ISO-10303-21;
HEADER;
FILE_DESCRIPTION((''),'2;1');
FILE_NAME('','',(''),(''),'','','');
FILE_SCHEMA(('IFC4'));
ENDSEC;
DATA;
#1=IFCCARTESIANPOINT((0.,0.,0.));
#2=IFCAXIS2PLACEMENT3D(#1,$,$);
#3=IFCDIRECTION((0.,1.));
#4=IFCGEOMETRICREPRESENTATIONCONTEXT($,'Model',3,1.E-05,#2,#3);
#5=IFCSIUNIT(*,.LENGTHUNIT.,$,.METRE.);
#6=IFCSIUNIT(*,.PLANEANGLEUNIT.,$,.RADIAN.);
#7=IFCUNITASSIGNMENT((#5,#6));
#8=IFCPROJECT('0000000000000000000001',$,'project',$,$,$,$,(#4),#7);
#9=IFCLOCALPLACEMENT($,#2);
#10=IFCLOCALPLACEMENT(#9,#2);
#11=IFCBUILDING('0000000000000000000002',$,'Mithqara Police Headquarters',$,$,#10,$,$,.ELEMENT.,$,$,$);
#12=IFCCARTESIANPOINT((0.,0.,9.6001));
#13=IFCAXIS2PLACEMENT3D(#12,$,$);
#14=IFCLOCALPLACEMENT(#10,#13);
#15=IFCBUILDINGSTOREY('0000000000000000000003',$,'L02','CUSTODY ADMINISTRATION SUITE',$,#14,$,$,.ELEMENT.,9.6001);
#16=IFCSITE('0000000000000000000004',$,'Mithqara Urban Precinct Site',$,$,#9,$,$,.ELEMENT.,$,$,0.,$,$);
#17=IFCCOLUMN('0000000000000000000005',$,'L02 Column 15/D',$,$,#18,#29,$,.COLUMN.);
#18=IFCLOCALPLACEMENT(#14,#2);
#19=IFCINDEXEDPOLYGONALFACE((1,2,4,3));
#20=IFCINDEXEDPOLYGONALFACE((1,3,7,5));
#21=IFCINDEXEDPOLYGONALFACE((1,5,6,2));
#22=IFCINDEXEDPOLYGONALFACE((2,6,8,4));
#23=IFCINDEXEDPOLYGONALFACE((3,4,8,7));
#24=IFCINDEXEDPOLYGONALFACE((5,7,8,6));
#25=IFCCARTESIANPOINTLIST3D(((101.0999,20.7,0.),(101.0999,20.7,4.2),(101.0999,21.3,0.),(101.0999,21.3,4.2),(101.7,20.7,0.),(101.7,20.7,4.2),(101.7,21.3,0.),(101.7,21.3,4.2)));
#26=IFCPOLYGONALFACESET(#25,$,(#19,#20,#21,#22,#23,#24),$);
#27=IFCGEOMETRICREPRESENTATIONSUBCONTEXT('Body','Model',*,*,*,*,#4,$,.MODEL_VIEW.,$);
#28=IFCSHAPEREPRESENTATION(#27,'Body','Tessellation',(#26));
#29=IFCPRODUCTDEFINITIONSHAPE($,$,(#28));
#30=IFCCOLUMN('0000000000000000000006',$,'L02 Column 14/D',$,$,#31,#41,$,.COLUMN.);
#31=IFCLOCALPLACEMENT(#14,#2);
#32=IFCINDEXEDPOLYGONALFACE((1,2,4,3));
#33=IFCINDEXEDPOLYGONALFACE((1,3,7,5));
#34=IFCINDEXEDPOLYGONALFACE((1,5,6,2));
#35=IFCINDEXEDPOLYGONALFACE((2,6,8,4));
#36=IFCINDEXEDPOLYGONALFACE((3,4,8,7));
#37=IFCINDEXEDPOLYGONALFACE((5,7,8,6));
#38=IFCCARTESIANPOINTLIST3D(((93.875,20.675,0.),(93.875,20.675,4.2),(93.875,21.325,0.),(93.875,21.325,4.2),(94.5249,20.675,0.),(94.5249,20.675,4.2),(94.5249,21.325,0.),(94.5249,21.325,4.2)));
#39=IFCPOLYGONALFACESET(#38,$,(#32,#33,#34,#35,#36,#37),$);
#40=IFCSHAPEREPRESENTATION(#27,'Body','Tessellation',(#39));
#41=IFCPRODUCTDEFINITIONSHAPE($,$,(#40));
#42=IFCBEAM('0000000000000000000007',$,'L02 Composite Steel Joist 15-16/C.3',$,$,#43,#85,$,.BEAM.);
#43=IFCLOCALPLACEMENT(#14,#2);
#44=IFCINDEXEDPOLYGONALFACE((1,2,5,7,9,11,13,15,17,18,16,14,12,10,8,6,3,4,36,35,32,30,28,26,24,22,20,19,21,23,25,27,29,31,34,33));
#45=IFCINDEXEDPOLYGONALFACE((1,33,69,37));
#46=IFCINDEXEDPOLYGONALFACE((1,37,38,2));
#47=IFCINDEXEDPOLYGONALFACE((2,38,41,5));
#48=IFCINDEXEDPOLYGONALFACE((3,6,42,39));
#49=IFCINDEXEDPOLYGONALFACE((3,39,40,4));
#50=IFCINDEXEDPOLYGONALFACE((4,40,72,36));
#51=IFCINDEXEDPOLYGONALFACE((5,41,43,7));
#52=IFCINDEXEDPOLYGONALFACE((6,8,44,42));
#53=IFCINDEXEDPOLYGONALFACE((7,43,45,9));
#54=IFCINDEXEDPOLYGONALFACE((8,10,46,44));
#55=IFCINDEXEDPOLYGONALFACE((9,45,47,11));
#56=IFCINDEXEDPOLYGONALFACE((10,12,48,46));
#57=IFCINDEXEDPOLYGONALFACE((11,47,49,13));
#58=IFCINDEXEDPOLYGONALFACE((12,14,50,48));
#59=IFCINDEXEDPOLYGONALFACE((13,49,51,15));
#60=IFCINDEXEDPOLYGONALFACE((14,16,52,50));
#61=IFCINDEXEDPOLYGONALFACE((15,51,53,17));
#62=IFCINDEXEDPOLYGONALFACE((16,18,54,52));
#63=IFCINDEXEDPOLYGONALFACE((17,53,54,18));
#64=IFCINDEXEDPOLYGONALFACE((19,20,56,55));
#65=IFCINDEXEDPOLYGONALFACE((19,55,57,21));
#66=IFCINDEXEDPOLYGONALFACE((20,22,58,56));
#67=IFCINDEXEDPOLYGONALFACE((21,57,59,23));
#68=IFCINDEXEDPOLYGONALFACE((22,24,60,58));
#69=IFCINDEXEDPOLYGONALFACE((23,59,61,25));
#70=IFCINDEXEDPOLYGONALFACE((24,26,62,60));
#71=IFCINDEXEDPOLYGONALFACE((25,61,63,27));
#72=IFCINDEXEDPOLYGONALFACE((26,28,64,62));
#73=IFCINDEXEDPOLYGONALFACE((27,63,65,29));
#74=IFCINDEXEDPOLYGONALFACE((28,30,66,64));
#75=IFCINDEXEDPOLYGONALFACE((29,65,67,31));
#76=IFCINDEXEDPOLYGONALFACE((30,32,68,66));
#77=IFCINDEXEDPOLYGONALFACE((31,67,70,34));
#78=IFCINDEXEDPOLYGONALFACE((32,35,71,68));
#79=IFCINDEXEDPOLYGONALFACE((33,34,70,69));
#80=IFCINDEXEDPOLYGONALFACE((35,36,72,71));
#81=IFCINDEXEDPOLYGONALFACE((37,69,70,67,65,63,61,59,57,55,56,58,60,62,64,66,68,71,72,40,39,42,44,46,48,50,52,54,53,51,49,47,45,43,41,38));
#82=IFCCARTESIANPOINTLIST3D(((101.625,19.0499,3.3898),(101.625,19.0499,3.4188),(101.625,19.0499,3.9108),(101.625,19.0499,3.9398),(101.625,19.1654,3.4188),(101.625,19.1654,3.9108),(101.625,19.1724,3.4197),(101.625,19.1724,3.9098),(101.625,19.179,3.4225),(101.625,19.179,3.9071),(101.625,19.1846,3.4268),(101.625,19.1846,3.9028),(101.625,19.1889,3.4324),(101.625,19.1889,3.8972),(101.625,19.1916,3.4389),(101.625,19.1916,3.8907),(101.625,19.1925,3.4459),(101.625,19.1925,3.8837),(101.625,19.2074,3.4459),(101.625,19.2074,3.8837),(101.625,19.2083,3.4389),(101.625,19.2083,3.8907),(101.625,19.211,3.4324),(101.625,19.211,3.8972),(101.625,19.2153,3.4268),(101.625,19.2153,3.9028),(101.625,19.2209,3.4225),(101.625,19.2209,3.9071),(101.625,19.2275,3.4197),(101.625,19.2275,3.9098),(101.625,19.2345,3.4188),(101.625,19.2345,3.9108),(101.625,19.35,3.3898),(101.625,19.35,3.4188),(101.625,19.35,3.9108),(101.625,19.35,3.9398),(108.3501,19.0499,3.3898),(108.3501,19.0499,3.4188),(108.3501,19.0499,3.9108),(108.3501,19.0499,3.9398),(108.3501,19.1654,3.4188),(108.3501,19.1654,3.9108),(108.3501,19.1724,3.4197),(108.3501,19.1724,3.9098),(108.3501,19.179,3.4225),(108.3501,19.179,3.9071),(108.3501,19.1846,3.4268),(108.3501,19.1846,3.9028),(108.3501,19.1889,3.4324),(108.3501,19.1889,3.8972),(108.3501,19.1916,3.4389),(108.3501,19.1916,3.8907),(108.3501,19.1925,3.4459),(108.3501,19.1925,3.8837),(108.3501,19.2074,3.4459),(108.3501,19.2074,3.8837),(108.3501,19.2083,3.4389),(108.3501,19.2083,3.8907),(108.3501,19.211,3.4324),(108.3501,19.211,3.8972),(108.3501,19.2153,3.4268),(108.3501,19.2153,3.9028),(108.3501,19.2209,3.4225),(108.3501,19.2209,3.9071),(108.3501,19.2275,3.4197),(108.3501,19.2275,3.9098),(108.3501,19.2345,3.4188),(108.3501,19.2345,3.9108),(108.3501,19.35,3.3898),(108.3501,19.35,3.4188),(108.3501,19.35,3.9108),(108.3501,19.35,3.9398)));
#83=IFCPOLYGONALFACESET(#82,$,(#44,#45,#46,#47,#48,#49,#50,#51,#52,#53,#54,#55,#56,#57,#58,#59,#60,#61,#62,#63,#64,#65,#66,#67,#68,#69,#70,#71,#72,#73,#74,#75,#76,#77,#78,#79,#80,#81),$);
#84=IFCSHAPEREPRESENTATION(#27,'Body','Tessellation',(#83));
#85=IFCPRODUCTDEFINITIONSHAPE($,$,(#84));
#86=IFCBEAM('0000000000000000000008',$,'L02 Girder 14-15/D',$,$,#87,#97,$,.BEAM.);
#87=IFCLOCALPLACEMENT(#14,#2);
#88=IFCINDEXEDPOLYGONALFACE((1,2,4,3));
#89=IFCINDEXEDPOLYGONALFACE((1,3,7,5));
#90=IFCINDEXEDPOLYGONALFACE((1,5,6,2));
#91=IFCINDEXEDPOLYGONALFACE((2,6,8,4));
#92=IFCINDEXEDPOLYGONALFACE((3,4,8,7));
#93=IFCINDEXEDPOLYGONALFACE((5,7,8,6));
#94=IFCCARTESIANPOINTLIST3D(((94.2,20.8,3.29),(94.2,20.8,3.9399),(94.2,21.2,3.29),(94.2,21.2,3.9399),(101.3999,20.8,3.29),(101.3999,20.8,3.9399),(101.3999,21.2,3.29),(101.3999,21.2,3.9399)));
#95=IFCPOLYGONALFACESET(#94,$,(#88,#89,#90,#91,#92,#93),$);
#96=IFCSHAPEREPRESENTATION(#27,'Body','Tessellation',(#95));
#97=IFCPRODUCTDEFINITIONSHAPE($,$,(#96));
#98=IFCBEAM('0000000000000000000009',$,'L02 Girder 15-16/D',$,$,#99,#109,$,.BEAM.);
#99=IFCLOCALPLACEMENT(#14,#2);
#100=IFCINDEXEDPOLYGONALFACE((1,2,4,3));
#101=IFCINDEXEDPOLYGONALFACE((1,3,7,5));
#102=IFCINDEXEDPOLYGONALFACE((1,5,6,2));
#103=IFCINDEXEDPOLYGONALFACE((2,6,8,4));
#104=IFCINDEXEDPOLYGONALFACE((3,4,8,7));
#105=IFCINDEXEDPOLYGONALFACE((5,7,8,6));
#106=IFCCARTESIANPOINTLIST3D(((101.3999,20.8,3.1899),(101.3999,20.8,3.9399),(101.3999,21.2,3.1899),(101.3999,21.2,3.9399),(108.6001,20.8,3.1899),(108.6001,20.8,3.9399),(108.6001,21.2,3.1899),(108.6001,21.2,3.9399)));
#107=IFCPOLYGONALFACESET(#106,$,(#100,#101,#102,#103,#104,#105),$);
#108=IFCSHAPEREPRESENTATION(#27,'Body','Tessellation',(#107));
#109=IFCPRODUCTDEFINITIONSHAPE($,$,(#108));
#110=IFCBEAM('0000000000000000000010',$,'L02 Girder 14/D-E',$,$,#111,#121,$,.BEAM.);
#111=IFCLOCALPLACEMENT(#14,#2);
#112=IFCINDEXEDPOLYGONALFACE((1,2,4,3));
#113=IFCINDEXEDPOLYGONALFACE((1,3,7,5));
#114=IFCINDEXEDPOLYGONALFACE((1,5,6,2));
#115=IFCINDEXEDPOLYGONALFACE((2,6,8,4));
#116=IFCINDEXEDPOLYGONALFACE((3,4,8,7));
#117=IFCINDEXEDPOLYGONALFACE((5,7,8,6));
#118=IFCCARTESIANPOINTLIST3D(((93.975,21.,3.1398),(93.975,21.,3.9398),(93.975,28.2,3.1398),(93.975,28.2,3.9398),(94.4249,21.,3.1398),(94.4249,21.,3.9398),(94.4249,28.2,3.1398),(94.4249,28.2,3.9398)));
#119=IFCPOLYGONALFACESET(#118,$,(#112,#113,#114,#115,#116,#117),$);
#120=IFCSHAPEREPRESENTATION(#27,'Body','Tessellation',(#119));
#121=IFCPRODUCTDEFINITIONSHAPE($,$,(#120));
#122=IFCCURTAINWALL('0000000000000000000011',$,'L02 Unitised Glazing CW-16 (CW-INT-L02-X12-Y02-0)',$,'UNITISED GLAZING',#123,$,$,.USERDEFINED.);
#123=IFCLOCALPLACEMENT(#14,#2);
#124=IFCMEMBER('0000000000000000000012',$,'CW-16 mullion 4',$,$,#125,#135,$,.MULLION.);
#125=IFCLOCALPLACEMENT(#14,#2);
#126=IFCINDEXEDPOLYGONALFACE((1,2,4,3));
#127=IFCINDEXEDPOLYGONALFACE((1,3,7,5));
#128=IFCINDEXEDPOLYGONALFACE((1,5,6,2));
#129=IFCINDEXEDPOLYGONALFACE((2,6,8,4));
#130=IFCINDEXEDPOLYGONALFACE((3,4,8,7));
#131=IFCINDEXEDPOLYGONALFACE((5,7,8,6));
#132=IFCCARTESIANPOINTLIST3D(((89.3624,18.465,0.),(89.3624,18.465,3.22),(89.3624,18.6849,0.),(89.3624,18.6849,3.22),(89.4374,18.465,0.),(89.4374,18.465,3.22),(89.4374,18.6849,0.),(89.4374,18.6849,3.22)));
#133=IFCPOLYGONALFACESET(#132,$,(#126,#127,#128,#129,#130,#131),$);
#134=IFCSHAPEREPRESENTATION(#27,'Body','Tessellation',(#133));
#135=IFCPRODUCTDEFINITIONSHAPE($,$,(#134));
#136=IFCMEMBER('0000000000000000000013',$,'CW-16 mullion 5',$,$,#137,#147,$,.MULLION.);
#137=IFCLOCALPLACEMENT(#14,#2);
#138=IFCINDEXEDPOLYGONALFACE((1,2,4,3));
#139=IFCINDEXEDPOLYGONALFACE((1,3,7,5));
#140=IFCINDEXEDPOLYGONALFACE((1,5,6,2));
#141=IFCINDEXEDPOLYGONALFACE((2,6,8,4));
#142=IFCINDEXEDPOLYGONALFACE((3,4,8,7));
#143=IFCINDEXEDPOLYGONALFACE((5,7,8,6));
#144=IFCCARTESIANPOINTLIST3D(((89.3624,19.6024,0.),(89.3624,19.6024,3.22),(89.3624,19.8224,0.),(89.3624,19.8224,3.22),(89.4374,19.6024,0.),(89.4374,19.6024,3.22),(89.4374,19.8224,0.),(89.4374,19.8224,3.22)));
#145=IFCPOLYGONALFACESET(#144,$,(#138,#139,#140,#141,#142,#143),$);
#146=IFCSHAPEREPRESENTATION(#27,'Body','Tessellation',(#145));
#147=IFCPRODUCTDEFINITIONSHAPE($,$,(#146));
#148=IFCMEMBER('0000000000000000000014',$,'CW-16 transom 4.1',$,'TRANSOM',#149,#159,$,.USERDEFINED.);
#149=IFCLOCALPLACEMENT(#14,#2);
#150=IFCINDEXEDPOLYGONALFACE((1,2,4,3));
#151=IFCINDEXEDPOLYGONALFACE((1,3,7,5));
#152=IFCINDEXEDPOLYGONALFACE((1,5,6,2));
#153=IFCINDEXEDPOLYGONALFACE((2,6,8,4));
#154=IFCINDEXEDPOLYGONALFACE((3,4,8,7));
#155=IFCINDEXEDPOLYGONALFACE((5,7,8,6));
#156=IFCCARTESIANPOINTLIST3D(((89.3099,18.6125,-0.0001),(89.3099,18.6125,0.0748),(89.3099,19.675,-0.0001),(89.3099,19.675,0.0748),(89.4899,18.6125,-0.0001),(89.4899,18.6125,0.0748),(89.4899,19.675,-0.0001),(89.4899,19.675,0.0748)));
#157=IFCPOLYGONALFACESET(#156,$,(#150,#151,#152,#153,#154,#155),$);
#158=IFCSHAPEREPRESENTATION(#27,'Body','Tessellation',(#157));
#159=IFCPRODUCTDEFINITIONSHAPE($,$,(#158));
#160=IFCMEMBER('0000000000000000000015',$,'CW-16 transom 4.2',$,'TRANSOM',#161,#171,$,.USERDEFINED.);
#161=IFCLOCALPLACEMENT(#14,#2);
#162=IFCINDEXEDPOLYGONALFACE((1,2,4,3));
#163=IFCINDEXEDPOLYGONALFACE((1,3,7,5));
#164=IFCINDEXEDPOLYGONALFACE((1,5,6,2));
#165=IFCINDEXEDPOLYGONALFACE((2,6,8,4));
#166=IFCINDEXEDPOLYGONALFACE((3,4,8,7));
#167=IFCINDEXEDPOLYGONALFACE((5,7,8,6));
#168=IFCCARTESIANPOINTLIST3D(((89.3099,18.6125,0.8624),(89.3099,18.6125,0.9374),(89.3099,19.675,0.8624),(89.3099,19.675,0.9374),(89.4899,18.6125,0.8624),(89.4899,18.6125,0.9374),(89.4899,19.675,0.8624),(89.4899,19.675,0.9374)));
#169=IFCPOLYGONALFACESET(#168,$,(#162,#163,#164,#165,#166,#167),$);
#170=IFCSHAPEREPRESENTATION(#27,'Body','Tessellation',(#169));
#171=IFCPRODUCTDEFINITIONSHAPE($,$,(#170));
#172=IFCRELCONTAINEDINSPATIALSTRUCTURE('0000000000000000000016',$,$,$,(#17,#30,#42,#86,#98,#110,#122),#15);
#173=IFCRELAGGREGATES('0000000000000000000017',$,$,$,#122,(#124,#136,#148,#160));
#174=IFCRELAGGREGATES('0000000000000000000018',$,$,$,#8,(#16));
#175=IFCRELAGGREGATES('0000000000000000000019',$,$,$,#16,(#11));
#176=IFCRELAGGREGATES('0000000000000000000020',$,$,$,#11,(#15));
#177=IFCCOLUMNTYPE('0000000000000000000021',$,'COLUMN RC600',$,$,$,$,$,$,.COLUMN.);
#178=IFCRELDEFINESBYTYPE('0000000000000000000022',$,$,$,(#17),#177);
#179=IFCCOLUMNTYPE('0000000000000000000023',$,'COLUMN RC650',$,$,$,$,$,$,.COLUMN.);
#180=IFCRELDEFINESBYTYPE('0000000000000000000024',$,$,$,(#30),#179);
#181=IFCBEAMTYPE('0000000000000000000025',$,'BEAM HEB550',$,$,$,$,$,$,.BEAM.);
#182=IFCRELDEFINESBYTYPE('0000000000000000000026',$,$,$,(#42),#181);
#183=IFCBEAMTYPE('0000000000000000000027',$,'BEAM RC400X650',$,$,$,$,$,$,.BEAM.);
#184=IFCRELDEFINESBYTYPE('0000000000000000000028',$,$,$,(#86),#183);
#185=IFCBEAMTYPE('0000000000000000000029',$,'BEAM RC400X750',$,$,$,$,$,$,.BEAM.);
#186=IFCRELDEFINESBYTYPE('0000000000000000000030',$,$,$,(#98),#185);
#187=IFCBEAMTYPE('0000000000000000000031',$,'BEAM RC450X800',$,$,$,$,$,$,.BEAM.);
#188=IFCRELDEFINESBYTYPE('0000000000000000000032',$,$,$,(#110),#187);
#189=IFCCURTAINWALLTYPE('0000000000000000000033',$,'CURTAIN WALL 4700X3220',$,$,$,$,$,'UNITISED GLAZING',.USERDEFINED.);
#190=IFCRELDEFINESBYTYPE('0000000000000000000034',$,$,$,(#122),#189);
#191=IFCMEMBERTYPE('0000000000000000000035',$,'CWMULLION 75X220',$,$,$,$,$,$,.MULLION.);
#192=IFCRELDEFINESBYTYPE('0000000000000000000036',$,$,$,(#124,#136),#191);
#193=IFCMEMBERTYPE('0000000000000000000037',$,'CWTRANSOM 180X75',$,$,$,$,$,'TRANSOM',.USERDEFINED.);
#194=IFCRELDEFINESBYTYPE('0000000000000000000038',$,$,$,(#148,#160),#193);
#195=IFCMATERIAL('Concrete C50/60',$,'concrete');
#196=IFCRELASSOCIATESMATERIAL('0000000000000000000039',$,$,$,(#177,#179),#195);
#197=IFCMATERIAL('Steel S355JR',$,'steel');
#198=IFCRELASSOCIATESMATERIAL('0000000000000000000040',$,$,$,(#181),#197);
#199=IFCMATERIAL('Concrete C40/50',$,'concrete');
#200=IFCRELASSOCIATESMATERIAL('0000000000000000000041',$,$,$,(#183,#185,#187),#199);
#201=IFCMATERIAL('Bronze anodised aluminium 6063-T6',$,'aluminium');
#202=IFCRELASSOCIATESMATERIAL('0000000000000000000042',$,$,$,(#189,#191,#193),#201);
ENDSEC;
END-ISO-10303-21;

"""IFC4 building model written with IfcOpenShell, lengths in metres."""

from ifc_helpers import new_model, si_unit, direction, frame, origin, origin_2d, place, context, subcontext, project, spatial, rectangle, i_section, extrude, material, material_profile, profile_set, type_object, element, aggregate, save


model = new_model("IFC4")

# Units and contexts
model_context = context("Model", 3, precision=1e-05, world=origin(), true_north=direction((0.0, 1.0)))
body_context = subcontext(model_context, "Body", "Model", "MODEL_VIEW")
ifc_project = project(units=[si_unit("LENGTHUNIT", "METRE"), si_unit("PLANEANGLEUNIT", "RADIAN")], contexts=[model_context])

# Site, building, storey
site_placement = place(None, origin())
site = spatial("IfcSite", under=ifc_project, at=site_placement, Name="Mithqara Urban Precinct Site", CompositionType="ELEMENT", RefElevation=0.0)
building_placement = place(site_placement, origin())
building = spatial("IfcBuilding", under=site, at=building_placement, Name="Mithqara Police Headquarters", CompositionType="ELEMENT")
storey_placement = place(building_placement, frame((0.0, 0.0, 9.6001)))
storey = spatial("IfcBuildingStorey", under=building, at=storey_placement, Name="L02", Description="CUSTODY ADMINISTRATION SUITE", CompositionType="ELEMENT", Elevation=9.6001)

# Columns
ifc_material_1 = material(Name="Concrete C50/60", Category="concrete")
ifc_material_profile_1 = material_profile(ifc_material_1, rectangle(XDim=0.6001, YDim=0.6001, at=origin_2d()), Name="RC 600x600")
ifc_profile_set_1 = profile_set([ifc_material_profile_1], Name="Concrete C50/60")
column_type_1 = type_object("IfcColumnType", Name="COLUMN RC600", PredefinedType="COLUMN", material=ifc_profile_set_1)
column_1_placement = place(storey_placement, frame((101.3999, 21.0, 0.0), z_axis=(0.0, 0.0, 1.0), x_axis=(1.0, 0.0, 0.0)))
element("IfcColumn", 1, at=column_1_placement, inside=storey, type_object=column_type_1, Name="L02 Column 15/D", PredefinedType="COLUMN", context=body_context, shape_type="SweptSolid", body=[
    extrude(rectangle(XDim=0.6001, YDim=0.6001, at=origin_2d()), origin(), (0.0, 0.0, 1.0), 4.2),
])
ifc_material_profile_2 = material_profile(ifc_material_1, rectangle(XDim=0.6499, YDim=0.6499, at=origin_2d()), Name="RC 650x650")
ifc_profile_set_2 = profile_set([ifc_material_profile_2], Name="Concrete C50/60")
column_type_2 = type_object("IfcColumnType", Name="COLUMN RC650", PredefinedType="COLUMN", material=ifc_profile_set_2)
column_2_placement = place(storey_placement, frame((94.2, 21.0, 0.0), z_axis=(0.0, 0.0, 1.0), x_axis=(1.0, 0.0, 0.0)))
element("IfcColumn", 2, at=column_2_placement, inside=storey, type_object=column_type_2, Name="L02 Column 14/D", PredefinedType="COLUMN", context=body_context, shape_type="SweptSolid", body=[
    extrude(rectangle(XDim=0.6499, YDim=0.6499, at=origin_2d()), origin(), (0.0, 0.0, 1.0), 4.2),
])

# Beams
ifc_material_2 = material(Name="Steel S355JR", Category="steel")
ifc_material_profile_3 = material_profile(ifc_material_2, i_section(OverallWidth=0.3, OverallDepth=0.55, WebThickness=0.0149, FlangeThickness=0.0291, FilletRadius=0.0271, at=origin_2d()), Name="HEB 550")
ifc_profile_set_3 = profile_set([ifc_material_profile_3], Name="Steel S355JR")
beam_type_1 = type_object("IfcBeamType", Name="BEAM HEB550", PredefinedType="BEAM", material=ifc_profile_set_3)
beam_1_placement = place(storey_placement, frame((101.625, 19.2, 3.6648), z_axis=(1.0, 0.0, 0.0), x_axis=(0.0, 1.0, 0.0)))
element("IfcBeam", 3, at=beam_1_placement, inside=storey, type_object=beam_type_1, Name="L02 Composite Steel Joist 15-16/C.3", PredefinedType="BEAM", context=body_context, shape_type="SweptSolid", body=[
    extrude(i_section(OverallWidth=0.3, OverallDepth=0.55, WebThickness=0.0149, FlangeThickness=0.0291, FilletRadius=0.0271, at=origin_2d()), origin(), (0.0, 0.0, 1.0), 6.7251),
])
ifc_material_3 = material(Name="Concrete C40/50", Category="concrete")
ifc_material_profile_4 = material_profile(ifc_material_3, rectangle(XDim=0.3999, YDim=0.6499, at=origin_2d()), Name="RC 400x650")
ifc_profile_set_4 = profile_set([ifc_material_profile_4], Name="Concrete C40/50")
beam_type_2 = type_object("IfcBeamType", Name="BEAM RC400X650", PredefinedType="BEAM", material=ifc_profile_set_4)
beam_2_placement = place(storey_placement, frame((94.2, 21.0, 3.615), z_axis=(1.0, 0.0, 0.0), x_axis=(0.0, 1.0, 0.0)))
element("IfcBeam", 4, at=beam_2_placement, inside=storey, type_object=beam_type_2, Name="L02 Girder 14-15/D", PredefinedType="BEAM", context=body_context, shape_type="SweptSolid", body=[
    extrude(rectangle(XDim=0.3999, YDim=0.6499, at=origin_2d()), origin(), (0.0, 0.0, 1.0), 7.2),
])
ifc_material_profile_5 = material_profile(ifc_material_3, rectangle(XDim=0.3999, YDim=0.75, at=origin_2d()), Name="RC 400x750")
ifc_profile_set_5 = profile_set([ifc_material_profile_5], Name="Concrete C40/50")
beam_type_3 = type_object("IfcBeamType", Name="BEAM RC400X750", PredefinedType="BEAM", material=ifc_profile_set_5)
beam_3_placement = place(storey_placement, frame((101.3999, 21.0, 3.5649), z_axis=(1.0, 0.0, 0.0), x_axis=(0.0, 1.0, 0.0)))
element("IfcBeam", 5, at=beam_3_placement, inside=storey, type_object=beam_type_3, Name="L02 Girder 15-16/D", PredefinedType="BEAM", context=body_context, shape_type="SweptSolid", body=[
    extrude(rectangle(XDim=0.3999, YDim=0.75, at=origin_2d()), origin(), (0.0, 0.0, 1.0), 7.2002),
])
ifc_material_profile_6 = material_profile(ifc_material_3, rectangle(XDim=0.45, YDim=0.8, at=origin_2d()), Name="RC 450x800")
ifc_profile_set_6 = profile_set([ifc_material_profile_6], Name="Concrete C40/50")
beam_type_4 = type_object("IfcBeamType", Name="BEAM RC450X800", PredefinedType="BEAM", material=ifc_profile_set_6)
beam_4_placement = place(storey_placement, frame((94.2, 21.0, 3.5398), z_axis=(0.0, 1.0, 0.0), x_axis=(-1.0, 0.0, 0.0)))
element("IfcBeam", 6, at=beam_4_placement, inside=storey, type_object=beam_type_4, Name="L02 Girder 14/D-E", PredefinedType="BEAM", context=body_context, shape_type="SweptSolid", body=[
    extrude(rectangle(XDim=0.45, YDim=0.8, at=origin_2d()), origin(), (0.0, 0.0, 1.0), 7.2),
])

# Curtain wall, members
ifc_material_4 = material(Name="Bronze anodised aluminium 6063-T6", Category="aluminium")
curtain_wall_type = type_object("IfcCurtainWallType", Name="CURTAIN WALL 4700X3220", ElementType="UNITISED GLAZING", PredefinedType="USERDEFINED", material=ifc_material_4)
curtain_wall_placement = place(storey_placement, origin())
curtain_wall = element("IfcCurtainWall", 7, at=curtain_wall_placement, inside=storey, type_object=curtain_wall_type, Name="L02 Unitised Glazing CW-16 (CW-INT-L02-X12-Y02-0)", ObjectType="UNITISED GLAZING", PredefinedType="USERDEFINED")
ifc_material_profile_7 = material_profile(ifc_material_4, rectangle(XDim=0.075, YDim=0.22, at=origin_2d()), Name="CWM 75x220")
ifc_profile_set_7 = profile_set([ifc_material_profile_7], Name="Bronze anodised aluminium 6063-T6")
member_type_1 = type_object("IfcMemberType", Name="CWMULLION 75X220", PredefinedType="MULLION", material=ifc_profile_set_7)
member_1_placement = place(storey_placement, frame((89.3999, 18.575, 0.0), z_axis=(0.0, 0.0, 1.0), x_axis=(-1.0, 0.0, 0.0)))
member_1 = element("IfcMember", 8, at=member_1_placement, type_object=member_type_1, Name="CW-16 mullion 4", PredefinedType="MULLION", context=body_context, shape_type="SweptSolid", body=[
    extrude(rectangle(XDim=0.075, YDim=0.22, at=origin_2d()), origin(), (0.0, 0.0, 1.0), 3.22),
])
member_2_placement = place(storey_placement, frame((89.3999, 19.7124, 0.0), z_axis=(0.0, 0.0, 1.0), x_axis=(-1.0, 0.0, 0.0)))
member_2 = element("IfcMember", 9, at=member_2_placement, type_object=member_type_1, Name="CW-16 mullion 5", PredefinedType="MULLION", context=body_context, shape_type="SweptSolid", body=[
    extrude(rectangle(XDim=0.075, YDim=0.22, at=origin_2d()), origin(), (0.0, 0.0, 1.0), 3.22),
])
ifc_material_profile_8 = material_profile(ifc_material_4, rectangle(XDim=0.1799, YDim=0.075, at=origin_2d()), Name="CWT 180x75")
ifc_profile_set_8 = profile_set([ifc_material_profile_8], Name="Bronze anodised aluminium 6063-T6")
member_type_2 = type_object("IfcMemberType", Name="CWTRANSOM 180X75", ElementType="TRANSOM", PredefinedType="USERDEFINED", material=ifc_profile_set_8)
member_3_placement = place(storey_placement, frame((89.3999, 18.6125, 0.0374), z_axis=(0.0, 1.0, 0.0), x_axis=(-1.0, 0.0, 0.0)))
member_3 = element("IfcMember", 10, at=member_3_placement, type_object=member_type_2, Name="CW-16 transom 4.1", ObjectType="TRANSOM", PredefinedType="USERDEFINED", context=body_context, shape_type="SweptSolid", body=[
    extrude(rectangle(XDim=0.1799, YDim=0.075, at=origin_2d()), origin(), (0.0, 0.0, 1.0), 1.0625),
])
member_4_placement = place(storey_placement, frame((89.3999, 18.6125, 0.8999), z_axis=(0.0, 1.0, 0.0), x_axis=(-1.0, 0.0, 0.0)))
member_4 = element("IfcMember", 11, at=member_4_placement, type_object=member_type_2, Name="CW-16 transom 4.2", ObjectType="TRANSOM", PredefinedType="USERDEFINED", context=body_context, shape_type="SweptSolid", body=[
    extrude(rectangle(XDim=0.1799, YDim=0.075, at=origin_2d()), origin(), (0.0, 0.0, 1.0), 1.0625),
])

aggregate(curtain_wall, [member_1, member_2, member_3, member_4])

save(model, "model.ifc")
